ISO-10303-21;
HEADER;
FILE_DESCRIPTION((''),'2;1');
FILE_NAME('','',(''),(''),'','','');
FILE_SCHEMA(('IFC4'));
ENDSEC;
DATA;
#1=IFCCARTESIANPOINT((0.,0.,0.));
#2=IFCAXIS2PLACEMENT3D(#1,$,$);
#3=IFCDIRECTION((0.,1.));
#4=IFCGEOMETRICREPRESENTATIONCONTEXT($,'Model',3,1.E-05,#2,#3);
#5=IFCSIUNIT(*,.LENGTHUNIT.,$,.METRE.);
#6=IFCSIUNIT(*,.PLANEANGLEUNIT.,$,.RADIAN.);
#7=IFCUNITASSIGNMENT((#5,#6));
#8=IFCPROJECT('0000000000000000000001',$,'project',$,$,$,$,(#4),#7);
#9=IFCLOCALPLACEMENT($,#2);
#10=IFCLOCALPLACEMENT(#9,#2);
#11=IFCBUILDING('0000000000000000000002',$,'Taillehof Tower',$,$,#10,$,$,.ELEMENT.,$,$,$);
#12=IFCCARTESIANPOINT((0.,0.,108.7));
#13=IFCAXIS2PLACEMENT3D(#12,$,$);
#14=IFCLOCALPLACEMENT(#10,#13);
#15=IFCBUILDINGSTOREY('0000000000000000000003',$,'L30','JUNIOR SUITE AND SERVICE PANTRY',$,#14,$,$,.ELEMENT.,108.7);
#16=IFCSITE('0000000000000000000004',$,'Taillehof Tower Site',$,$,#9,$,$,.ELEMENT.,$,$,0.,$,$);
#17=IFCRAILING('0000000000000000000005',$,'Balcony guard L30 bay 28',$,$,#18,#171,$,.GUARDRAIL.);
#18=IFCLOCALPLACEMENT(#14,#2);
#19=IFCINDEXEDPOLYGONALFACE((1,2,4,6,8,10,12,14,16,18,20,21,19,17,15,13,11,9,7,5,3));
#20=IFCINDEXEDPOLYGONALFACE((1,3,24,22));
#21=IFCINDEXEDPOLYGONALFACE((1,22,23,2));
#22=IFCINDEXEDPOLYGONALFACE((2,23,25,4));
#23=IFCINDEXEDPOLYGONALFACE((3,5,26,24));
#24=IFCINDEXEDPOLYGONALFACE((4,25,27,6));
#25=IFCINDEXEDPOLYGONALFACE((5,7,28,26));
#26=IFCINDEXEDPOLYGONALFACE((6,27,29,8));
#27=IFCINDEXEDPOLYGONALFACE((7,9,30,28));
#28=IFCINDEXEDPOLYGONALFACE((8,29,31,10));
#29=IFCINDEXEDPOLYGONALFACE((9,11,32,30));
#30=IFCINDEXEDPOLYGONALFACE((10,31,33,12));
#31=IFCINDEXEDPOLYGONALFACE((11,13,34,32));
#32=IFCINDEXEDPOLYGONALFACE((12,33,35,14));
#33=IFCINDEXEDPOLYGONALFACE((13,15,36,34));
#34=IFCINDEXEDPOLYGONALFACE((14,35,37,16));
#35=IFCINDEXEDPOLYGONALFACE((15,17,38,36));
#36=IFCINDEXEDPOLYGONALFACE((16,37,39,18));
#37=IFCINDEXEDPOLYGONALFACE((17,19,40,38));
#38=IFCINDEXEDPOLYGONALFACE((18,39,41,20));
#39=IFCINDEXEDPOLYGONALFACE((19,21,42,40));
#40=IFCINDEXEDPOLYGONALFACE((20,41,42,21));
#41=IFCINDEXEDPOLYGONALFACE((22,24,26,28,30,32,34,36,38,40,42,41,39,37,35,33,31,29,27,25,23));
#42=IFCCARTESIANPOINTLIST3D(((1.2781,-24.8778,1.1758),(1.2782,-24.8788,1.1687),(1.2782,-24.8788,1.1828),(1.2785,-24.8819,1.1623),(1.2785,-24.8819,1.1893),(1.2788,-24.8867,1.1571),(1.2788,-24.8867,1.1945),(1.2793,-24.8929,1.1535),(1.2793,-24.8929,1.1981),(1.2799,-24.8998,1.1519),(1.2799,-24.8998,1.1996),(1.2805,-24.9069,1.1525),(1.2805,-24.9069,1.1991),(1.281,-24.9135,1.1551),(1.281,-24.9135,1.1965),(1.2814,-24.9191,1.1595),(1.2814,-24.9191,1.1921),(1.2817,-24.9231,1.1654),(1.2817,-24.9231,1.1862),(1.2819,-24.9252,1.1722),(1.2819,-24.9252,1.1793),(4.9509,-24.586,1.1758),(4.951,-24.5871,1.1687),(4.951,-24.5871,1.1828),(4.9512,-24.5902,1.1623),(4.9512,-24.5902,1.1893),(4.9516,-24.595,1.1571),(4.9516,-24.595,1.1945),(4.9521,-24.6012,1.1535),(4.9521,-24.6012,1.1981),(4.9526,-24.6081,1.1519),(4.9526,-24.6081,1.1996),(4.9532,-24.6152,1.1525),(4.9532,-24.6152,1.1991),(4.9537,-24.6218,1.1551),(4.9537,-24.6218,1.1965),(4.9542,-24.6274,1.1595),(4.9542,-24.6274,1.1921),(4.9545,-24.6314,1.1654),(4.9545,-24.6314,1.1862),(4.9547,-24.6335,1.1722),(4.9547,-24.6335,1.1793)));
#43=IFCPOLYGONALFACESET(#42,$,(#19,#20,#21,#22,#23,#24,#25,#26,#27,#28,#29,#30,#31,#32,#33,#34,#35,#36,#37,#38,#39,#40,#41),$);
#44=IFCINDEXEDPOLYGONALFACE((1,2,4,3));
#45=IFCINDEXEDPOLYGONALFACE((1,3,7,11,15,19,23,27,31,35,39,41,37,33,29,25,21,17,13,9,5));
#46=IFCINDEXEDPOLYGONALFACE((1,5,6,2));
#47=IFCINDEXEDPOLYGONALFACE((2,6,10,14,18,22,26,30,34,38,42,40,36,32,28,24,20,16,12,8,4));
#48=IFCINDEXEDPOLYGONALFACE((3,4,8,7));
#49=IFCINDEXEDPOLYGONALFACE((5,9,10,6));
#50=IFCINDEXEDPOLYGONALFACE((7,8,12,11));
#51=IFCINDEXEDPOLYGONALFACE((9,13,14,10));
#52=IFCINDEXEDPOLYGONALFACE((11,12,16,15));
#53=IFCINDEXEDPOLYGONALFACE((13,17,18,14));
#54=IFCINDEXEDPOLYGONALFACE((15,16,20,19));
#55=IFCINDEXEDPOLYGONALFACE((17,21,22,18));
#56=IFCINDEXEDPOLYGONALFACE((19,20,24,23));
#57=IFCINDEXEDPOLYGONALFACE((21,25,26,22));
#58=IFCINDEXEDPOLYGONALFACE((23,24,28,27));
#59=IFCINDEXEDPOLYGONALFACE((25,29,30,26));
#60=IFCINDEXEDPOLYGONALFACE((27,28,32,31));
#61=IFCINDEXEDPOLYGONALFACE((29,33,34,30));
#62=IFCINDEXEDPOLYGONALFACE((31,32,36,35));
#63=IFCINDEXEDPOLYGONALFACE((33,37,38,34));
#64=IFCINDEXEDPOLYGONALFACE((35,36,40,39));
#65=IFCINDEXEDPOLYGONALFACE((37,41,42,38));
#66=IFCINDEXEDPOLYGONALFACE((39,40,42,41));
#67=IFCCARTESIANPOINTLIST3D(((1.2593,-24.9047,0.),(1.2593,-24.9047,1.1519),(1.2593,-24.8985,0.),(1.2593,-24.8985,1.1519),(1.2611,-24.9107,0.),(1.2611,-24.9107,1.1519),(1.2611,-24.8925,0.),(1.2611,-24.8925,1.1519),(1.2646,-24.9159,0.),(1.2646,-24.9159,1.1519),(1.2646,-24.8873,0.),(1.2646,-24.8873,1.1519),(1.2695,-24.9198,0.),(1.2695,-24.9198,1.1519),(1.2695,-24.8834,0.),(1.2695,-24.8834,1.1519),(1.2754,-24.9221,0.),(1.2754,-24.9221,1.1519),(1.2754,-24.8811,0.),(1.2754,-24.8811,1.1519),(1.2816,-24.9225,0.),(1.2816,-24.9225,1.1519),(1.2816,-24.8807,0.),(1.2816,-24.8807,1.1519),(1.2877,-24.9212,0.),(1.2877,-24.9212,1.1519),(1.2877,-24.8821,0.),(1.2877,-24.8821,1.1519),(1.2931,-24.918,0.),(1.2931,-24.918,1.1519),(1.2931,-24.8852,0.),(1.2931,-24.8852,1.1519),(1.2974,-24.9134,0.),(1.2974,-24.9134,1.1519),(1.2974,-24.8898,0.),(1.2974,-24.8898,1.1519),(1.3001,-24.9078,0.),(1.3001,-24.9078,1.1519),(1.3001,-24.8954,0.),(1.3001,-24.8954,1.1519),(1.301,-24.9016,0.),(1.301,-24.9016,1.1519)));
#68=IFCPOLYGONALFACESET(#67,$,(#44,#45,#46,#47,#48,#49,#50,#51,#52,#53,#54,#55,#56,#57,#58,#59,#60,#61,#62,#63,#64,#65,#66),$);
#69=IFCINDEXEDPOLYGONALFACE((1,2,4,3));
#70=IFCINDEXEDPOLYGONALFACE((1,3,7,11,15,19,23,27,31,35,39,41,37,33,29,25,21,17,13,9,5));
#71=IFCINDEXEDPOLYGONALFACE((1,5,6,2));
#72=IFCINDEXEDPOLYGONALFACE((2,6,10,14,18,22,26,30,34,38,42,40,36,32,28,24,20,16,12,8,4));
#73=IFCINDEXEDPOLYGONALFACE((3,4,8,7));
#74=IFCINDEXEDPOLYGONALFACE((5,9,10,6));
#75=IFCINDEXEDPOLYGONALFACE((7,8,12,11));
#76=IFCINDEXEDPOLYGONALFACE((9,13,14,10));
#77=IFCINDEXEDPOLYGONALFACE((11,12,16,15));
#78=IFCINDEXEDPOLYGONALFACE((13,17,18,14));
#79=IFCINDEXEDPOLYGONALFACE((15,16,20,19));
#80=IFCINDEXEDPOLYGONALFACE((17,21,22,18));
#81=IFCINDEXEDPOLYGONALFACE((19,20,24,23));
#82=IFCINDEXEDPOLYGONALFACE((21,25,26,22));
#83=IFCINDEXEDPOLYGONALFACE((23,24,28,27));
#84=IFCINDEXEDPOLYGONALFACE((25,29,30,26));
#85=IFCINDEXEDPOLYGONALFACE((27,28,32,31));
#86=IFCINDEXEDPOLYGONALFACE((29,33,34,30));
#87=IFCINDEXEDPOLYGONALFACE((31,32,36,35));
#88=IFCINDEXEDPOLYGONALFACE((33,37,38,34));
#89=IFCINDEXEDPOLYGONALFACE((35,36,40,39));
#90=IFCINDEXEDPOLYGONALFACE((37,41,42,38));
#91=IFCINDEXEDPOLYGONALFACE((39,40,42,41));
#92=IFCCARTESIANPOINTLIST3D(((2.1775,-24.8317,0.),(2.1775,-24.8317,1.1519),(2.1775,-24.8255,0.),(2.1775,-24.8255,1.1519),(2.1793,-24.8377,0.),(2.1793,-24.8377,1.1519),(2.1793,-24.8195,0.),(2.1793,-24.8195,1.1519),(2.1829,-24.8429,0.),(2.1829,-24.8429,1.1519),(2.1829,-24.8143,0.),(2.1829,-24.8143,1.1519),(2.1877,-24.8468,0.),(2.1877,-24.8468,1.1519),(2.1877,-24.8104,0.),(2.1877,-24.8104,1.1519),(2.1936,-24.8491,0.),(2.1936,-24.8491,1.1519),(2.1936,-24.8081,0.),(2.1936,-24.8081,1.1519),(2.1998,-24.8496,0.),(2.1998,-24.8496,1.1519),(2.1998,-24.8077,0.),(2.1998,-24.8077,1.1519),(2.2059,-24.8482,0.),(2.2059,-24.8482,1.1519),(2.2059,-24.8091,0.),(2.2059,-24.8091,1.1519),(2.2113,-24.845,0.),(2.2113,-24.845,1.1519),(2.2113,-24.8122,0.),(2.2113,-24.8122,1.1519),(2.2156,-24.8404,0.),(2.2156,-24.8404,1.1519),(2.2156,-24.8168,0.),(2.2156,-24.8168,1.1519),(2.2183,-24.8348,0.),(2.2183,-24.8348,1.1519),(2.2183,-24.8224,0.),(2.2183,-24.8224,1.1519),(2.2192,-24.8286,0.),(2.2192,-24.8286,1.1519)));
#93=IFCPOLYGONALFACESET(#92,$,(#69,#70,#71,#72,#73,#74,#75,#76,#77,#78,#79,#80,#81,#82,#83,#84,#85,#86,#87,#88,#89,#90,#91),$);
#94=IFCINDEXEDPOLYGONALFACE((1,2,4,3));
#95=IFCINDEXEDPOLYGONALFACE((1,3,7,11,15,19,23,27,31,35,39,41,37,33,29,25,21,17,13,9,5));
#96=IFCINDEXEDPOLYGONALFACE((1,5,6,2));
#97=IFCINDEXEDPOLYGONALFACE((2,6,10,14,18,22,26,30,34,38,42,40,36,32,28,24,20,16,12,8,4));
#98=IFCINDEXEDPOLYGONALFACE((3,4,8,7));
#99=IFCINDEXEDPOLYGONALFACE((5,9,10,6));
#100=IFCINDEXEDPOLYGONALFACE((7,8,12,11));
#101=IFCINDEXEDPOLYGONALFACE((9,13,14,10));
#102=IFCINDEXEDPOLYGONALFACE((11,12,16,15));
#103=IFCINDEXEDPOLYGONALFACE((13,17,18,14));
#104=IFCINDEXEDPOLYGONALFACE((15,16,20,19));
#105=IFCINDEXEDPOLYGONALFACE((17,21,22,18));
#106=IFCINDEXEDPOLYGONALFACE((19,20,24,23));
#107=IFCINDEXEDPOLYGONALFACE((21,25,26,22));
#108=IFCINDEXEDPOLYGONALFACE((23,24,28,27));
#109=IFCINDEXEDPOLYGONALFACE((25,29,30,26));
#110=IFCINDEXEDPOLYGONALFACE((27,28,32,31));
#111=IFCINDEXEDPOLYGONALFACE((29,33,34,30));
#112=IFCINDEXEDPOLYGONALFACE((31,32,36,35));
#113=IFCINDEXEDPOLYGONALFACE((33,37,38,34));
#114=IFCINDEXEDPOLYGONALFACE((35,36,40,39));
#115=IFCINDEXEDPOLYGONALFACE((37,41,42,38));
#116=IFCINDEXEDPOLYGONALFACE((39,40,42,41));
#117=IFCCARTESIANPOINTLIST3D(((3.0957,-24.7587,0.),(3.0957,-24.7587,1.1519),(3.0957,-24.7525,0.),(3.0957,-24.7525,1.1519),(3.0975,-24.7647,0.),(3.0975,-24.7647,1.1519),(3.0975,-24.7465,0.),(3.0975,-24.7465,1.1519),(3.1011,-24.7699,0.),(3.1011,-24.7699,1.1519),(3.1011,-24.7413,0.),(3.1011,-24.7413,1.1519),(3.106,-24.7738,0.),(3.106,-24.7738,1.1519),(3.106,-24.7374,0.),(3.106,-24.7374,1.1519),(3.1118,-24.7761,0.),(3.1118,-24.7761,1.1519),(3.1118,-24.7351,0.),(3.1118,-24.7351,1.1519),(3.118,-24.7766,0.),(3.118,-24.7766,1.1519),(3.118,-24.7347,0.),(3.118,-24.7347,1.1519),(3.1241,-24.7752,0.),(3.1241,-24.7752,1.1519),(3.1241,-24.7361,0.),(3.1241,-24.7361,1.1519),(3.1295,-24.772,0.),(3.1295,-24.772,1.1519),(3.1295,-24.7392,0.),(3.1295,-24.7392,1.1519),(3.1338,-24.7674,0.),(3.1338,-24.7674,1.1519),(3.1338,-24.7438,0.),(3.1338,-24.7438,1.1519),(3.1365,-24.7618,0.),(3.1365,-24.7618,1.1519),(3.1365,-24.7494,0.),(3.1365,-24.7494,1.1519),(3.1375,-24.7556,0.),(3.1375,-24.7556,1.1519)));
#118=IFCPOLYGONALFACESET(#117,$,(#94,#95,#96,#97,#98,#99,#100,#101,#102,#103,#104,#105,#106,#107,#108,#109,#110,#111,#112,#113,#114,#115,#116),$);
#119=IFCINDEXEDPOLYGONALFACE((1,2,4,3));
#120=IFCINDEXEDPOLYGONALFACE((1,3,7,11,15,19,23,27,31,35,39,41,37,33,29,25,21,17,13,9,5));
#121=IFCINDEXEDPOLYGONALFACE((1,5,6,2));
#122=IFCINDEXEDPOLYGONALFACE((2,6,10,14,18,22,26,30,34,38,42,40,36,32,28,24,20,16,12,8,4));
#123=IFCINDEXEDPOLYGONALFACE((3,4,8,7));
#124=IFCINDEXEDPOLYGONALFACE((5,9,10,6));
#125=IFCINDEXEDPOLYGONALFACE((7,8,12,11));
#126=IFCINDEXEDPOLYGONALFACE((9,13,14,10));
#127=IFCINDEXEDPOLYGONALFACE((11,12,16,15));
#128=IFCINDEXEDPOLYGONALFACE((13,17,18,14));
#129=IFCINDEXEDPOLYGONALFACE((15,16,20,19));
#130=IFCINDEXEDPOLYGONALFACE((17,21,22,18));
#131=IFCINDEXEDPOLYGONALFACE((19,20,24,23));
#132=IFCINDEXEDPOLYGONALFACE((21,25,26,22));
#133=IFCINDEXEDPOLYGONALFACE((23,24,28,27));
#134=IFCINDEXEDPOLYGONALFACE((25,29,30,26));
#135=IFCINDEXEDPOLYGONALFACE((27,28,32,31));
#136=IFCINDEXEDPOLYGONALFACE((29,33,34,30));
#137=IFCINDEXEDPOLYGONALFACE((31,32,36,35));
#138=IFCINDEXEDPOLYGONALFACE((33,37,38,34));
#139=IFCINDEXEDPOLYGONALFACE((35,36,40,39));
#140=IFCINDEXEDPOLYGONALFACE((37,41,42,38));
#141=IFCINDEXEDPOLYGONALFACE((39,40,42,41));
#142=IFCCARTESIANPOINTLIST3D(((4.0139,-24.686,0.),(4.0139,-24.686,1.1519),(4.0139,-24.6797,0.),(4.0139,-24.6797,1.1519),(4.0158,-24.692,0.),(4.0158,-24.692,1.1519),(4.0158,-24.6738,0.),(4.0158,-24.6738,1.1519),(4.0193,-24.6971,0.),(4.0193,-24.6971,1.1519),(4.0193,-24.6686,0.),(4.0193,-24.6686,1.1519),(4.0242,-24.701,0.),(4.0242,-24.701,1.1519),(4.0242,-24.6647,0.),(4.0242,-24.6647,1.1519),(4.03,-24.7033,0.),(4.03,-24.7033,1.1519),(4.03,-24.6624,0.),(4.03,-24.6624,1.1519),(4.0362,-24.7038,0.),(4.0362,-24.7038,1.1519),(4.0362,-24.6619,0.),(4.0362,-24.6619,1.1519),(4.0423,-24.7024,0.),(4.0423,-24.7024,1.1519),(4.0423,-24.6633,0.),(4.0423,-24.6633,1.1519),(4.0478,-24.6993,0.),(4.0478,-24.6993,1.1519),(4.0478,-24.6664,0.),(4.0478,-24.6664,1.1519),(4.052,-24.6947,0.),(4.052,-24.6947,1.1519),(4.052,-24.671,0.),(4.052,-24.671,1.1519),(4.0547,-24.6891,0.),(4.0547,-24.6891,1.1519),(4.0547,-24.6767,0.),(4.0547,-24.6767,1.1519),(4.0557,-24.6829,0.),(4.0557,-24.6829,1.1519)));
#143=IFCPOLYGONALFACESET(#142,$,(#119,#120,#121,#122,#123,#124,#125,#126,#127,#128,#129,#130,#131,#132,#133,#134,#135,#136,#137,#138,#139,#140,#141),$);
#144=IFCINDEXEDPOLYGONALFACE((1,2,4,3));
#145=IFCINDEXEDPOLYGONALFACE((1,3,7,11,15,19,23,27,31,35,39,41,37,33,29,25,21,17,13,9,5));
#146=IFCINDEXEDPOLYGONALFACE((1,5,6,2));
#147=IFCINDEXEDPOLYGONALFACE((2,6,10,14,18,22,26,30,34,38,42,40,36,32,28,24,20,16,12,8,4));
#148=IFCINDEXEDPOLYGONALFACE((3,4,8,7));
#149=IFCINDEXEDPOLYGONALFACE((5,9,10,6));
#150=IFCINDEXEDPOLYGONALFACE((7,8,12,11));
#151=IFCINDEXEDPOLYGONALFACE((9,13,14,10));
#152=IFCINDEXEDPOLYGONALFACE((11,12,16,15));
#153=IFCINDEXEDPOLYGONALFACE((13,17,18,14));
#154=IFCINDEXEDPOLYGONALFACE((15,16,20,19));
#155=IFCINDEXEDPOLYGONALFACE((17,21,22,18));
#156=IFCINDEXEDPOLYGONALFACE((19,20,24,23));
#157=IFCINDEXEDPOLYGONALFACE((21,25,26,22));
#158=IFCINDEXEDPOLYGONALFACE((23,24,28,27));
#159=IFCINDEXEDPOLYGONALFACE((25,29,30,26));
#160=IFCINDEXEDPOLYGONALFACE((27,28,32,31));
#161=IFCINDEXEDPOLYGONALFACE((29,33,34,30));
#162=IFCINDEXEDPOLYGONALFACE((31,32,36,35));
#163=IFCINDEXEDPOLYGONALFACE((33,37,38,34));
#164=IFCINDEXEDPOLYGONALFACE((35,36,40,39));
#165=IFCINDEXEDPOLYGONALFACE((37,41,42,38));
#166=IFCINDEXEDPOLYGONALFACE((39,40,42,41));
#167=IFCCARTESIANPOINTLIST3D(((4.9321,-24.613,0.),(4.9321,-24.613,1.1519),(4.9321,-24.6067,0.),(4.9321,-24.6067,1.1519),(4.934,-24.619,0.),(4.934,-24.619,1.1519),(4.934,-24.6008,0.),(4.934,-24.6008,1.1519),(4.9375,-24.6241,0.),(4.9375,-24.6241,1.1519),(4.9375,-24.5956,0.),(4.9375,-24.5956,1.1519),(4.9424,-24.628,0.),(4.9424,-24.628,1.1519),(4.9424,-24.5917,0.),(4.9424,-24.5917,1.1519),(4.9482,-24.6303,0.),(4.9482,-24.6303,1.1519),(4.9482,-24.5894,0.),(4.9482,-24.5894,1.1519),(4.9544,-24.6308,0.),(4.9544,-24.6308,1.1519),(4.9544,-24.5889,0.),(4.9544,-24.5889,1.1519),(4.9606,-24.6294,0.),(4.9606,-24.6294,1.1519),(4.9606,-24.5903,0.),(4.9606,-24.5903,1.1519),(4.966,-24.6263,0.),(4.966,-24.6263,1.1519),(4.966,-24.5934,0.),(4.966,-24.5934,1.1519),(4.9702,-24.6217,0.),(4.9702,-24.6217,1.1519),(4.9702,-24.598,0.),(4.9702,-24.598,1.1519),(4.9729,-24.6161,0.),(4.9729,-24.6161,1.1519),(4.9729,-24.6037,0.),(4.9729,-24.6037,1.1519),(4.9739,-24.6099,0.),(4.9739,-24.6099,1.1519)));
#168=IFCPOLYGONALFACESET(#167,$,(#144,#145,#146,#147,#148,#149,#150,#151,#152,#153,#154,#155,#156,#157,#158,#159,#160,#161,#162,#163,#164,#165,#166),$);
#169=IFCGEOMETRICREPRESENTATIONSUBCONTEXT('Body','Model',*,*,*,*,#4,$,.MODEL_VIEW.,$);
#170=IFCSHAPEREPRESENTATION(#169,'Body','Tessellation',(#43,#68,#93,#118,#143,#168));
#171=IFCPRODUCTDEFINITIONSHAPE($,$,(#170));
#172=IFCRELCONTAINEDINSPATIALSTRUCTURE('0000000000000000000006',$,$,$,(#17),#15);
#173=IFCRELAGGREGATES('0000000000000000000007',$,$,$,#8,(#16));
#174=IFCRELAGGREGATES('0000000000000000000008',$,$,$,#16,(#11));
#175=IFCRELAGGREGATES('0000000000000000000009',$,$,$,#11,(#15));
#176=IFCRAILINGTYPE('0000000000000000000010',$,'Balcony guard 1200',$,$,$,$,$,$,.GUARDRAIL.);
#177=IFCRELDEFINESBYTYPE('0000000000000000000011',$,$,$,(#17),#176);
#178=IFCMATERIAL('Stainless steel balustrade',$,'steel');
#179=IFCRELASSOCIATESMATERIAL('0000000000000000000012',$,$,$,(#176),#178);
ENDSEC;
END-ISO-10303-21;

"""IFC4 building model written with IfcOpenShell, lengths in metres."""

from ifc_helpers import new_model, si_unit, direction, frame, origin, origin_2d, place, context, subcontext, project, spatial, circle, extrude, material, type_object, element, save


model = new_model("IFC4")

# Units and contexts
model_context = context("Model", 3, precision=1e-05, world=origin(), true_north=direction((0.0, 1.0)))
body_context = subcontext(model_context, "Body", "Model", "MODEL_VIEW")
ifc_project = project(units=[si_unit("LENGTHUNIT", "METRE"), si_unit("PLANEANGLEUNIT", "RADIAN")], contexts=[model_context])

# Site, building, storey
site_placement = place(None, origin())
site = spatial("IfcSite", under=ifc_project, at=site_placement, Name="Taillehof Tower Site", CompositionType="ELEMENT", RefElevation=0.0)
building_placement = place(site_placement, origin())
building = spatial("IfcBuilding", under=site, at=building_placement, Name="Taillehof Tower", CompositionType="ELEMENT")
storey_placement = place(building_placement, frame((0.0, 0.0, 108.7)))
storey = spatial("IfcBuildingStorey", under=building, at=storey_placement, Name="L30", Description="JUNIOR SUITE AND SERVICE PANTRY", CompositionType="ELEMENT", Elevation=108.7)

# Railing
ifc_material_1 = material(Name="Stainless steel balustrade", Category="steel")
railing_type = type_object("IfcRailingType", Name="Balcony guard 1200", PredefinedType="GUARDRAIL", material=ifc_material_1)
railing_1_placement = place(storey_placement, frame((1.28, -24.9016, 0.0)))
element("IfcRailing", 1, at=railing_1_placement, inside=storey, type_object=railing_type, Name="Balcony guard L30 bay 28", PredefinedType="GUARDRAIL", context=body_context, shape_type="SweptSolid", body=[
    extrude(circle(Radius=0.0239, at=origin_2d()), frame((0.0, 0.0, 1.1758), z_axis=(0.99686, 0.079184, 0.0), x_axis=(-0.079184, 0.99686, 0.0)), (0.0, 0.0, 1.0), 3.6843),
    extrude(circle(Radius=0.021, at=origin_2d()), origin(), (0.0, 0.0, 1.0), 1.1519),
    extrude(circle(Radius=0.021, at=origin_2d()), frame((0.9182, 0.073, 0.0)), (0.0, 0.0, 1.0), 1.1519),
    extrude(circle(Radius=0.021, at=origin_2d()), frame((1.8364, 0.146, 0.0)), (0.0, 0.0, 1.0), 1.1519),
    extrude(circle(Radius=0.021, at=origin_2d()), frame((2.7546, 0.2188, 0.0)), (0.0, 0.0, 1.0), 1.1519),
    extrude(circle(Radius=0.021, at=origin_2d()), frame((3.6729, 0.2917, 0.0)), (0.0, 0.0, 1.0), 1.1519),
])

save(model, "model.ifc")
